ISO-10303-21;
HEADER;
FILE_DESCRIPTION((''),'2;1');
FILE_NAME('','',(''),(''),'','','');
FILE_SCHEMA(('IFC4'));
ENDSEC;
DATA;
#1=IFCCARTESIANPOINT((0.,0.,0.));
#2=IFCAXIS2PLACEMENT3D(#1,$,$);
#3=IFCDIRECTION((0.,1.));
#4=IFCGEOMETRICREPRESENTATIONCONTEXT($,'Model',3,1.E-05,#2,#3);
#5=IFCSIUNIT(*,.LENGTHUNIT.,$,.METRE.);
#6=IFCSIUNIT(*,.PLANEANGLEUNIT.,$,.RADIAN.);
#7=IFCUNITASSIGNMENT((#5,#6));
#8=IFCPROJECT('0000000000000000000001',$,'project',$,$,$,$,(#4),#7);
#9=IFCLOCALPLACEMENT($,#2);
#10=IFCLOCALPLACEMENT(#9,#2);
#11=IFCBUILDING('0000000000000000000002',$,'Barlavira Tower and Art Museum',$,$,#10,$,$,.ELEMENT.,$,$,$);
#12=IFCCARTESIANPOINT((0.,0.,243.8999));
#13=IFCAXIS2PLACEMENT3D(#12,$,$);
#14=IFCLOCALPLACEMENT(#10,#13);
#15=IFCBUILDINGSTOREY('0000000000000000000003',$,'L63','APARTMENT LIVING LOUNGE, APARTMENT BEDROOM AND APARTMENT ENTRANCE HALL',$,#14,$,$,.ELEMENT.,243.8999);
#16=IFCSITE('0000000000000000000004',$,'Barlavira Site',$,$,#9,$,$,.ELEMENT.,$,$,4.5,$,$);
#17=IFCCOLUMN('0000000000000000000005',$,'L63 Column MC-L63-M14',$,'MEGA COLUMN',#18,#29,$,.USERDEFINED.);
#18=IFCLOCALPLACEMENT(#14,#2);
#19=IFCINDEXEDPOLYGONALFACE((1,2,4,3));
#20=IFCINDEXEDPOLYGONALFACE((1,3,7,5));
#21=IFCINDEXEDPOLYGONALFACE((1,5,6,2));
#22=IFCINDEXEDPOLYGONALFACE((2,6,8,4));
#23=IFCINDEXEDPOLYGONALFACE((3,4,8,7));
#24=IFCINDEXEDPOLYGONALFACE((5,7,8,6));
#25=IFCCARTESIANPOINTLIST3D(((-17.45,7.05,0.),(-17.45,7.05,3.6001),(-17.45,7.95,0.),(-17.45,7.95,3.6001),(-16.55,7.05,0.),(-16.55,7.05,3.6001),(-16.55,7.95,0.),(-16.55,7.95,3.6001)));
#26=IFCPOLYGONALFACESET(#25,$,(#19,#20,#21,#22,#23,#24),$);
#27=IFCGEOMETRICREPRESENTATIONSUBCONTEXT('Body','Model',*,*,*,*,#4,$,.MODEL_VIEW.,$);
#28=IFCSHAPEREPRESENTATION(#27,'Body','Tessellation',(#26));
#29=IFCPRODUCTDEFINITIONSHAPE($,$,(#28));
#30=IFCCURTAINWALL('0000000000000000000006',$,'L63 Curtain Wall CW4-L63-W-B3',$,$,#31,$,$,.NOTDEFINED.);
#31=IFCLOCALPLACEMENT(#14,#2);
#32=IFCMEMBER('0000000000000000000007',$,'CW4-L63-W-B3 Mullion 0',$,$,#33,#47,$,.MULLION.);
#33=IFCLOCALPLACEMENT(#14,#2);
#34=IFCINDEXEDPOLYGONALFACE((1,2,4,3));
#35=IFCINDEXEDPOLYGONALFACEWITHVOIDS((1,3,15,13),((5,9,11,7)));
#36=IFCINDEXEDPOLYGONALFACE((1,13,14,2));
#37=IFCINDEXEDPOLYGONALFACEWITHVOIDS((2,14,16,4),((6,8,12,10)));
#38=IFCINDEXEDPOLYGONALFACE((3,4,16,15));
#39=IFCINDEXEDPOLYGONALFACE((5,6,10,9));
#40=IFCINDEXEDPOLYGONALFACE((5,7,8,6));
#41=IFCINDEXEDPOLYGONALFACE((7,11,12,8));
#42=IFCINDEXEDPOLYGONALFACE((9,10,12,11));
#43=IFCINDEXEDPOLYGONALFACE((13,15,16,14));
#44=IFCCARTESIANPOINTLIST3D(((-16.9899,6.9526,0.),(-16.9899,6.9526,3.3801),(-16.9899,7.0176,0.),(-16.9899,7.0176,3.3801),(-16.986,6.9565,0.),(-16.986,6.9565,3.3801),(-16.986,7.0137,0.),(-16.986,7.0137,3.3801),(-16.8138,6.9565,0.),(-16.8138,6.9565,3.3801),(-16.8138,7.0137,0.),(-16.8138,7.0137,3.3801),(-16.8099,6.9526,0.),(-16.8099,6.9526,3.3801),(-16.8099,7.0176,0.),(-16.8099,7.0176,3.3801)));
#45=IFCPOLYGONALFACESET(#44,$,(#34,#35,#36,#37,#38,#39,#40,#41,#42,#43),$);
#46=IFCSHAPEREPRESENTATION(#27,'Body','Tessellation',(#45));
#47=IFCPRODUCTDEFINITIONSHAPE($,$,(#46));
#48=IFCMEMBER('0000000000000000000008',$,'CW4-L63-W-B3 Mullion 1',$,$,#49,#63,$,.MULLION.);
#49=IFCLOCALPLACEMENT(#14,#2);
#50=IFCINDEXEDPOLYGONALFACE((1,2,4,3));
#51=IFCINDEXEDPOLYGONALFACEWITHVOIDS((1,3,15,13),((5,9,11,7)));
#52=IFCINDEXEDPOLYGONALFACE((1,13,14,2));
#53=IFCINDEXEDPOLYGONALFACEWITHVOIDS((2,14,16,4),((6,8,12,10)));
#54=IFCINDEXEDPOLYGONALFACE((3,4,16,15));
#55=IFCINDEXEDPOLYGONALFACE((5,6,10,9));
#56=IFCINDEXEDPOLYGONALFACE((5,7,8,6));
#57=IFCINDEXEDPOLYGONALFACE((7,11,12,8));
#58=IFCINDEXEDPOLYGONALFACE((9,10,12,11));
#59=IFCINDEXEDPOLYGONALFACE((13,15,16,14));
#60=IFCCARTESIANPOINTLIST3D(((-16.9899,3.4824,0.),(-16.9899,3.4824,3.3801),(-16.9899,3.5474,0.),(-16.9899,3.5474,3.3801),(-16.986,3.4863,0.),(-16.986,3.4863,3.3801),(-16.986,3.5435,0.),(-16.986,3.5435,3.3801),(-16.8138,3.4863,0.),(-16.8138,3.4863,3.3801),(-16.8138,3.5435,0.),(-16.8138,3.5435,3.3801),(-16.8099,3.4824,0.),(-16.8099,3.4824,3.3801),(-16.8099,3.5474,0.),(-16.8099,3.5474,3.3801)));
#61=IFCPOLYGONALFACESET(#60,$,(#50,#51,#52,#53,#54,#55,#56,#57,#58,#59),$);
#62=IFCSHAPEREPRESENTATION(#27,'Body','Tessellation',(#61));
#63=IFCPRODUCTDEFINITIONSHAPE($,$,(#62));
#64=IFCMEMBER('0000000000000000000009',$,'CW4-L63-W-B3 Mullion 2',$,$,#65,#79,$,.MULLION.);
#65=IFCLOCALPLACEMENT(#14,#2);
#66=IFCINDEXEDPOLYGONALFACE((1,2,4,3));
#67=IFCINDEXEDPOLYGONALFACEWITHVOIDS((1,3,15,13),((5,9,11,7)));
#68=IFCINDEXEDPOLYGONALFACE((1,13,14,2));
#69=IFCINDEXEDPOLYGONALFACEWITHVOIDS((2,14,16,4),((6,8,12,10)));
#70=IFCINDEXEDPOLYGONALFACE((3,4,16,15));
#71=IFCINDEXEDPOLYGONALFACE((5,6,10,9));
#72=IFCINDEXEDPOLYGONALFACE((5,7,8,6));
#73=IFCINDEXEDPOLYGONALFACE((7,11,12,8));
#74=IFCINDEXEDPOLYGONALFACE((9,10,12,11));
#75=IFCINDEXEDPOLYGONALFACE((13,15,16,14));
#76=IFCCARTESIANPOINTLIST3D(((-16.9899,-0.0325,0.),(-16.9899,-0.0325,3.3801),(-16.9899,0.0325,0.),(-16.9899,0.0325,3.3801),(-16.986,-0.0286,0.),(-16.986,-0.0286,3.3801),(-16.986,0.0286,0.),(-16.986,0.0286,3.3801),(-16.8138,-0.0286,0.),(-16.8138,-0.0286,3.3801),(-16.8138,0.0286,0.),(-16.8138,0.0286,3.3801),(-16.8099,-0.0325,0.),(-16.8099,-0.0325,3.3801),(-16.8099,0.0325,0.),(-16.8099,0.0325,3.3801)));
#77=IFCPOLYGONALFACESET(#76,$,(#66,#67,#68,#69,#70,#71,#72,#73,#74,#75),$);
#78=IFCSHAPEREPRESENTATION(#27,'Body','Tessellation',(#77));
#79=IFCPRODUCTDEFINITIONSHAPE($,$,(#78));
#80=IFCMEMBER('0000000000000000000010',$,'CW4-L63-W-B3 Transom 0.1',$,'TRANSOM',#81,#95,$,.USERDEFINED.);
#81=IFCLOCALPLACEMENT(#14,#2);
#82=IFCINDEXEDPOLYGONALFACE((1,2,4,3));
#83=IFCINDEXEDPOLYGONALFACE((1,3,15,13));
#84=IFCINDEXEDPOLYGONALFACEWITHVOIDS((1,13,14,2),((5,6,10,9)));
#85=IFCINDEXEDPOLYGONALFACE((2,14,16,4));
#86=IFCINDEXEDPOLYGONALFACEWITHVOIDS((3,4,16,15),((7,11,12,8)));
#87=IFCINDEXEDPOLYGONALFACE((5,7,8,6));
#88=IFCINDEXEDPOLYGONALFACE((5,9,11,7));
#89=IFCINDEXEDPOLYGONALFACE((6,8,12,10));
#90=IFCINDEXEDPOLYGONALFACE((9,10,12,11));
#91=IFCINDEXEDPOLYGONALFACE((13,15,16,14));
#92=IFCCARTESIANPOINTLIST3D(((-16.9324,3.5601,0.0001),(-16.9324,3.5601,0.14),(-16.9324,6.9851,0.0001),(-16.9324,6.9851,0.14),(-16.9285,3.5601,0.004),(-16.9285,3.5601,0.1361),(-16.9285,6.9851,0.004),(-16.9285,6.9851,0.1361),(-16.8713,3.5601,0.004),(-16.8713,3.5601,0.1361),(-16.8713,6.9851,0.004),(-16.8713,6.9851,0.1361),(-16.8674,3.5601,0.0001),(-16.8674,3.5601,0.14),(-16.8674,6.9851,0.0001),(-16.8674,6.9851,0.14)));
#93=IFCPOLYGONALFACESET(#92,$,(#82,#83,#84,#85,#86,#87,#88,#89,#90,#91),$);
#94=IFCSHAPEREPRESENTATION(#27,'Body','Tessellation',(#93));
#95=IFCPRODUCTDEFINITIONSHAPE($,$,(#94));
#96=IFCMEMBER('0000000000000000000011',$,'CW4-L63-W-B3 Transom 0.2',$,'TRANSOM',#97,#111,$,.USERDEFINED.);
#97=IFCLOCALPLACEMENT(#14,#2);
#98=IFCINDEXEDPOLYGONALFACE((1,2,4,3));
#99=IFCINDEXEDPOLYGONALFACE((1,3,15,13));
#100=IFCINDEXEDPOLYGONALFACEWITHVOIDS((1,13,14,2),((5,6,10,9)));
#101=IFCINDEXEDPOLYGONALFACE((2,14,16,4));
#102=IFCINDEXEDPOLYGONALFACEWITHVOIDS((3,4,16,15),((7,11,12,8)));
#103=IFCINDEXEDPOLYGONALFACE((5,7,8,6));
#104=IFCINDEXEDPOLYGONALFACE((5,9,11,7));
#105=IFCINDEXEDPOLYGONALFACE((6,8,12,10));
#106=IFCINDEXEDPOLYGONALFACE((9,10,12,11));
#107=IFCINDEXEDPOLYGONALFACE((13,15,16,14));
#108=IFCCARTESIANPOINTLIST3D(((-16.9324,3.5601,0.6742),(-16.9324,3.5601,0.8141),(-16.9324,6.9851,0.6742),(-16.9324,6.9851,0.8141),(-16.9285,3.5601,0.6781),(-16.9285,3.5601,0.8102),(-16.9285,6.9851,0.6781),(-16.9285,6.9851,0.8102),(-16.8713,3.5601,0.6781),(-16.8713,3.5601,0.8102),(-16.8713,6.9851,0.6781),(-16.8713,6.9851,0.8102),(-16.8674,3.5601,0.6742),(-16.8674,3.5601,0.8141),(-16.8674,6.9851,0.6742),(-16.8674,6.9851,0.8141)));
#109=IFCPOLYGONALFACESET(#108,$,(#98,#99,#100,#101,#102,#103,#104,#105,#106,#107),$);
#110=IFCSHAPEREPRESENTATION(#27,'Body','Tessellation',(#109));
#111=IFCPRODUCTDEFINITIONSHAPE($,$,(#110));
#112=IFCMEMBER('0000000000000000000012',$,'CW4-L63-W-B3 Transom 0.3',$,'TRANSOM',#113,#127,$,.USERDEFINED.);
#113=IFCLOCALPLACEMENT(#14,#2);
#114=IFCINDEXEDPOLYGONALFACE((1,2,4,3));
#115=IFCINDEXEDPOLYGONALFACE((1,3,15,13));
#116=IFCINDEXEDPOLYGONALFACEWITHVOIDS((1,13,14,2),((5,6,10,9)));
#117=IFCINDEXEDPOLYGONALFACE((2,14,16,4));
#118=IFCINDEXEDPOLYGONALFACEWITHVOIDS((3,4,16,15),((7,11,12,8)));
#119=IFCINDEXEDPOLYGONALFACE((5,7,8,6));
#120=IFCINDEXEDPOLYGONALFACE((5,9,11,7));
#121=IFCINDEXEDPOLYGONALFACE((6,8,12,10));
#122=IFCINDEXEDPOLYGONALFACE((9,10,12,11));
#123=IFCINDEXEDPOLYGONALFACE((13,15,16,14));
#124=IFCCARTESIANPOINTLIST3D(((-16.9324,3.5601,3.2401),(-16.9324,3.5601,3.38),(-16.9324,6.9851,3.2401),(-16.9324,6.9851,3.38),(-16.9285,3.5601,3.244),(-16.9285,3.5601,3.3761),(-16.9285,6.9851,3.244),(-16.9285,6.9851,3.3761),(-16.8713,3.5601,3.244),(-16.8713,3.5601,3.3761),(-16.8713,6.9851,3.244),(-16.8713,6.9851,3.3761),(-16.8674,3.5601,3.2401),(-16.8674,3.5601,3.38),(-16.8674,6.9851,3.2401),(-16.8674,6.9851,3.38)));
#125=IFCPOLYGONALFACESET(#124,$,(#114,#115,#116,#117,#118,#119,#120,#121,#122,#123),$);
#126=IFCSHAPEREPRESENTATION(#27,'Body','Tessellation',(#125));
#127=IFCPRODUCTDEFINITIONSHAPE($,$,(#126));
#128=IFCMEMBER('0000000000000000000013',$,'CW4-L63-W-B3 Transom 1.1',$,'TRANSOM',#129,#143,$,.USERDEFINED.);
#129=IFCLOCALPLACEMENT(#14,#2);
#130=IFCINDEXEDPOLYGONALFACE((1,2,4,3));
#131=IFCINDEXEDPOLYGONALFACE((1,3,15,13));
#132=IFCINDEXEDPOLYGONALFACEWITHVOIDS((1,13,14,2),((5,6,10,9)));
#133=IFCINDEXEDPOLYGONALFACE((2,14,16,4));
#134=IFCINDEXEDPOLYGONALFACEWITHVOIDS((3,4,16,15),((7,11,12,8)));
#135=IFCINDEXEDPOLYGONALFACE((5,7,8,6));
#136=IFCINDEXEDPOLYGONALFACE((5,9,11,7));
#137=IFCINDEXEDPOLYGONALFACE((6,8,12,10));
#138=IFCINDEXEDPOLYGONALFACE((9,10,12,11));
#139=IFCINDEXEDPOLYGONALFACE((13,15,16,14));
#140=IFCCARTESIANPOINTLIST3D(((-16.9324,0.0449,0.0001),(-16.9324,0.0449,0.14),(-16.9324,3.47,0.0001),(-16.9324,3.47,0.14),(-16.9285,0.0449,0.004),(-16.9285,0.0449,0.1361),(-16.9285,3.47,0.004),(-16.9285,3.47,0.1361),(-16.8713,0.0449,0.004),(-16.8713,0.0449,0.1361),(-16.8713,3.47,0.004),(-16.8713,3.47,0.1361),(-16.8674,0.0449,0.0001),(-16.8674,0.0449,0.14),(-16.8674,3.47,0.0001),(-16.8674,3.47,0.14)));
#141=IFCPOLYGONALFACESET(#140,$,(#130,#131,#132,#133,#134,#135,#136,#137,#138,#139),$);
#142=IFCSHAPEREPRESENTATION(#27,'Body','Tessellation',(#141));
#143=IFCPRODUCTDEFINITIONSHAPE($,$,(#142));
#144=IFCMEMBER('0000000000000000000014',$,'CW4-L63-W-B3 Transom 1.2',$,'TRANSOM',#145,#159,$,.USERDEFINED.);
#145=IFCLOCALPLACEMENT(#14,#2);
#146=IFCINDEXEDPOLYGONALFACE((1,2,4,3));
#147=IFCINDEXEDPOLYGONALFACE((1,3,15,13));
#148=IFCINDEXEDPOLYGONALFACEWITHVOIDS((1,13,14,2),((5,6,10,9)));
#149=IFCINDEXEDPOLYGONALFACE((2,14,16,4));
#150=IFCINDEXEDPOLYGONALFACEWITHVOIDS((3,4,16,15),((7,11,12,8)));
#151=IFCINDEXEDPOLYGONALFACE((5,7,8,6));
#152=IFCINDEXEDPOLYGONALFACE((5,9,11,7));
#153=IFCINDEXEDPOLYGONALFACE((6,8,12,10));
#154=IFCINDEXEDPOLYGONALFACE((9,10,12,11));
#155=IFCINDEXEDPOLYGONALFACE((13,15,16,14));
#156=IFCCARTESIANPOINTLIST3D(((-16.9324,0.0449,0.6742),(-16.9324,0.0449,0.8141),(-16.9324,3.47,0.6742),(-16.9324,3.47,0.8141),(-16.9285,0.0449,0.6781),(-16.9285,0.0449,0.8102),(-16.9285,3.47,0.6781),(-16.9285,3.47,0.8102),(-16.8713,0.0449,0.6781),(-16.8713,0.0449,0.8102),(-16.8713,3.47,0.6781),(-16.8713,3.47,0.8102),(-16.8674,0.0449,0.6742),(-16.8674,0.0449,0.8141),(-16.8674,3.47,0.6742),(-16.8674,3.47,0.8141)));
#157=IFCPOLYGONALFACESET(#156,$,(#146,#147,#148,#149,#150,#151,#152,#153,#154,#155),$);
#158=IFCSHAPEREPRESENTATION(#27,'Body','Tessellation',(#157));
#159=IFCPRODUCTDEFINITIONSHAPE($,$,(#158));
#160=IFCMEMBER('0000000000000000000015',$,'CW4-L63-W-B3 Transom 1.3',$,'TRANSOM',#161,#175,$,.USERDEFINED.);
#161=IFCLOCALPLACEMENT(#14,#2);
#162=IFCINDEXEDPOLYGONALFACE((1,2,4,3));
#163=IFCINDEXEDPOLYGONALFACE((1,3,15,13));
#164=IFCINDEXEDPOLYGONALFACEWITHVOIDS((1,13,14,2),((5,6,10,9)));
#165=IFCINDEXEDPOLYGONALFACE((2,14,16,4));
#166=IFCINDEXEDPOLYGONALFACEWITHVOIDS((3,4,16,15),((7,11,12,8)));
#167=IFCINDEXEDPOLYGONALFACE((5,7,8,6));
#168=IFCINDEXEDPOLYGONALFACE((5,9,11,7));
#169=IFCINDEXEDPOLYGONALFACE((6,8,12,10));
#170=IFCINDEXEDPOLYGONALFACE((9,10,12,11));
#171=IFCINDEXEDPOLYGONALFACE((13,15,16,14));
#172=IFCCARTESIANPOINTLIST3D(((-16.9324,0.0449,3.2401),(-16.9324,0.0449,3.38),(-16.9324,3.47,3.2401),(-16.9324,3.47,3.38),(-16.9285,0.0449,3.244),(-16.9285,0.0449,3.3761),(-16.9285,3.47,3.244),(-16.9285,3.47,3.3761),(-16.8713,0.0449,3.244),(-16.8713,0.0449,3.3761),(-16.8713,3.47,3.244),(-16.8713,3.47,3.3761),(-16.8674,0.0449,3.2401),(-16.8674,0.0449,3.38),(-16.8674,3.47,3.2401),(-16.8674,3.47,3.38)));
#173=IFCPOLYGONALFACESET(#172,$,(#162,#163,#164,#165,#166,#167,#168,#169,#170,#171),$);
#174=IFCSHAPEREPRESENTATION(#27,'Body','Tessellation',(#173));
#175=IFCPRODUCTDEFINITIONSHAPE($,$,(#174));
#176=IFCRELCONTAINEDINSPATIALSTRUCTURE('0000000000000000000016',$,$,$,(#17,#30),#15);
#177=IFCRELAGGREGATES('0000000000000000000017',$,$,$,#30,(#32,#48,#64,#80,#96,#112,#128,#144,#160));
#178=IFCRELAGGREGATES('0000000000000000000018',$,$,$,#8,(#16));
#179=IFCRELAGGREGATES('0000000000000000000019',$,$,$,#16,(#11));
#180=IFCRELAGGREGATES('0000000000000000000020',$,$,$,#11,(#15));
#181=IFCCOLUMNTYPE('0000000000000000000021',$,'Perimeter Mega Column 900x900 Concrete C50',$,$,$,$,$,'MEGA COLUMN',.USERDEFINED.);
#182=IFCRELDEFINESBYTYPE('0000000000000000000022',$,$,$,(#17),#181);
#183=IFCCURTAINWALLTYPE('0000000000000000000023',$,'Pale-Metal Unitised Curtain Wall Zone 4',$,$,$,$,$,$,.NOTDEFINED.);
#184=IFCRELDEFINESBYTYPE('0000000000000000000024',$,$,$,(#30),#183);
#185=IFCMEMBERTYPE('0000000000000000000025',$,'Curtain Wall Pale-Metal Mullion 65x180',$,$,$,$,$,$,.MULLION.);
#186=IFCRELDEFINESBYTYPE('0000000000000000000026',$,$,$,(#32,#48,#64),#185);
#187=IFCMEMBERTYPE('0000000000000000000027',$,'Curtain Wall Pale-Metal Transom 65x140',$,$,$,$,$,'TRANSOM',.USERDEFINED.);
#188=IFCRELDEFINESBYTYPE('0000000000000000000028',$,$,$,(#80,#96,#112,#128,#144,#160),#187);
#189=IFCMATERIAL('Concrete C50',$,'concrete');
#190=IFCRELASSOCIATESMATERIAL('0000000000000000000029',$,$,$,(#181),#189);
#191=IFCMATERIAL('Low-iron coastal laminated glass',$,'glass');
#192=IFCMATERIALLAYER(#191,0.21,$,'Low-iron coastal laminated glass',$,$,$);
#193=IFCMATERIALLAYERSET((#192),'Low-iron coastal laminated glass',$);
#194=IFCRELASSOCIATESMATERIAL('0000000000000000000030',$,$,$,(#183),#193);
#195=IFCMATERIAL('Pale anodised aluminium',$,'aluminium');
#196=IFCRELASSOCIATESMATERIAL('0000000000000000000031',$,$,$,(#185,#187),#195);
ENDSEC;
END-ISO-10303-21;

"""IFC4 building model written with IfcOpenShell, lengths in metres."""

from ifc_helpers import new_model, si_unit, direction, frame, origin, origin_2d, place, context, subcontext, project, spatial, rectangle, hollow_rectangle, extrude, material, layer, layer_set, material_profile, profile_set, type_object, element, aggregate, save


model = new_model("IFC4")

# Units and contexts
model_context = context("Model", 3, precision=1e-05, world=origin(), true_north=direction((0.0, 1.0)))
body_context = subcontext(model_context, "Body", "Model", "MODEL_VIEW")
ifc_project = project(units=[si_unit("LENGTHUNIT", "METRE"), si_unit("PLANEANGLEUNIT", "RADIAN")], contexts=[model_context])

# Site, building, storey
site_placement = place(None, origin())
site = spatial("IfcSite", under=ifc_project, at=site_placement, Name="Barlavira Site", CompositionType="ELEMENT", RefElevation=4.5)
building_placement = place(site_placement, origin())
building = spatial("IfcBuilding", under=site, at=building_placement, Name="Barlavira Tower and Art Museum", CompositionType="ELEMENT")
storey_placement = place(building_placement, frame((0.0, 0.0, 243.8999)))
storey = spatial("IfcBuildingStorey", under=building, at=storey_placement, Name="L63", Description="APARTMENT LIVING LOUNGE, APARTMENT BEDROOM AND APARTMENT ENTRANCE HALL", CompositionType="ELEMENT", Elevation=243.8999)

# Column
ifc_material_1 = material(Name="Concrete C50", Category="concrete")
ifc_material_profile_1 = material_profile(ifc_material_1, rectangle(XDim=0.8999, YDim=0.8999, at=origin_2d()), Name="RC-COL 900x900")
ifc_profile_set_1 = profile_set([ifc_material_profile_1], Name="Concrete C50")
column_type = type_object("IfcColumnType", Name="Perimeter Mega Column 900x900 Concrete C50", ElementType="MEGA COLUMN", PredefinedType="USERDEFINED", material=ifc_profile_set_1)
column_placement = place(storey_placement, frame((-17.0, 7.5, 0.0), z_axis=(0.0, 0.0, 1.0), x_axis=(1.0, 0.0, 0.0)))
element("IfcColumn", 1, at=column_placement, inside=storey, type_object=column_type, Name="L63 Column MC-L63-M14", ObjectType="MEGA COLUMN", PredefinedType="USERDEFINED", context=body_context, shape_type="SweptSolid", body=[
    extrude(rectangle(XDim=0.8999, YDim=0.8999, at=origin_2d()), origin(), (0.0, 0.0, 1.0), 3.6001),
])

# Curtain wall, members
ifc_material_2 = material(Name="Low-iron coastal laminated glass", Category="glass")
ifc_layer_1 = layer(ifc_material_2, 0.21, Name="Low-iron coastal laminated glass")
ifc_layer_set_1 = layer_set([ifc_layer_1], Name="Low-iron coastal laminated glass")
curtain_wall_type = type_object("IfcCurtainWallType", Name="Pale-Metal Unitised Curtain Wall Zone 4", PredefinedType="NOTDEFINED", material=ifc_layer_set_1)
curtain_wall_placement = place(storey_placement, origin())
curtain_wall = element("IfcCurtainWall", 2, at=curtain_wall_placement, inside=storey, type_object=curtain_wall_type, Name="L63 Curtain Wall CW4-L63-W-B3", PredefinedType="NOTDEFINED")
ifc_material_3 = material(Name="Pale anodised aluminium", Category="aluminium")
ifc_material_profile_2 = material_profile(ifc_material_3, hollow_rectangle(XDim=0.0649, YDim=0.1799, WallThickness=0.0039, at=origin_2d()), Name="ALU-MULL 65x180x4")
ifc_profile_set_2 = profile_set([ifc_material_profile_2], Name="Pale anodised aluminium")
member_type_1 = type_object("IfcMemberType", Name="Curtain Wall Pale-Metal Mullion 65x180", PredefinedType="MULLION", material=ifc_profile_set_2)
member_1_placement = place(storey_placement, frame((-16.8999, 6.9851, 0.0), z_axis=(0.0, 0.0, 1.0), x_axis=(0.0, -1.0, 0.0)))
member_1 = element("IfcMember", 3, at=member_1_placement, type_object=member_type_1, Name="CW4-L63-W-B3 Mullion 0", PredefinedType="MULLION", context=body_context, shape_type="SweptSolid", body=[
    extrude(hollow_rectangle(XDim=0.0649, YDim=0.1799, WallThickness=0.0039, at=origin_2d()), origin(), (0.0, 0.0, 1.0), 3.3801),
])
member_2_placement = place(storey_placement, frame((-16.8999, 3.5149, 0.0), z_axis=(0.0, 0.0, 1.0), x_axis=(0.0, -1.0, 0.0)))
member_2 = element("IfcMember", 4, at=member_2_placement, type_object=member_type_1, Name="CW4-L63-W-B3 Mullion 1", PredefinedType="MULLION", context=body_context, shape_type="SweptSolid", body=[
    extrude(hollow_rectangle(XDim=0.0649, YDim=0.1799, WallThickness=0.0039, at=origin_2d()), origin(), (0.0, 0.0, 1.0), 3.3801),
])
member_3_placement = place(storey_placement, frame((-16.8999, 0.0, 0.0), z_axis=(0.0, 0.0, 1.0), x_axis=(0.0, -1.0, 0.0)))
member_3 = element("IfcMember", 5, at=member_3_placement, type_object=member_type_1, Name="CW4-L63-W-B3 Mullion 2", PredefinedType="MULLION", context=body_context, shape_type="SweptSolid", body=[
    extrude(hollow_rectangle(XDim=0.0649, YDim=0.1799, WallThickness=0.0039, at=origin_2d()), origin(), (0.0, 0.0, 1.0), 3.3801),
])
ifc_material_profile_3 = material_profile(ifc_material_3, hollow_rectangle(XDim=0.0649, YDim=0.1399, WallThickness=0.0039, at=origin_2d()), Name="ALU-TRAN 65x140x4")
ifc_profile_set_3 = profile_set([ifc_material_profile_3], Name="Pale anodised aluminium")
member_type_2 = type_object("IfcMemberType", Name="Curtain Wall Pale-Metal Transom 65x140", ElementType="TRANSOM", PredefinedType="USERDEFINED", material=ifc_profile_set_3)
member_4_placement = place(storey_placement, frame((-16.8999, 6.9851, 0.0701), z_axis=(0.0, -1.0, 0.0), x_axis=(1.0, 0.0, 0.0)))
member_4 = element("IfcMember", 6, at=member_4_placement, type_object=member_type_2, Name="CW4-L63-W-B3 Transom 0.1", ObjectType="TRANSOM", PredefinedType="USERDEFINED", context=body_context, shape_type="SweptSolid", body=[
    extrude(hollow_rectangle(XDim=0.0649, YDim=0.1399, WallThickness=0.0039, at=origin_2d()), origin(), (0.0, 0.0, 1.0), 3.425),
])
member_5_placement = place(storey_placement, frame((-16.8999, 6.9851, 0.7441), z_axis=(0.0, -1.0, 0.0), x_axis=(1.0, 0.0, 0.0)))
member_5 = element("IfcMember", 7, at=member_5_placement, type_object=member_type_2, Name="CW4-L63-W-B3 Transom 0.2", ObjectType="TRANSOM", PredefinedType="USERDEFINED", context=body_context, shape_type="SweptSolid", body=[
    extrude(hollow_rectangle(XDim=0.0649, YDim=0.1399, WallThickness=0.0039, at=origin_2d()), origin(), (0.0, 0.0, 1.0), 3.425),
])
member_6_placement = place(storey_placement, frame((-16.8999, 6.9851, 3.3101), z_axis=(0.0, -1.0, 0.0), x_axis=(1.0, 0.0, 0.0)))
member_6 = element("IfcMember", 8, at=member_6_placement, type_object=member_type_2, Name="CW4-L63-W-B3 Transom 0.3", ObjectType="TRANSOM", PredefinedType="USERDEFINED", context=body_context, shape_type="SweptSolid", body=[
    extrude(hollow_rectangle(XDim=0.0649, YDim=0.1399, WallThickness=0.0039, at=origin_2d()), origin(), (0.0, 0.0, 1.0), 3.425),
])
member_7_placement = place(storey_placement, frame((-16.8999, 3.47, 0.0701), z_axis=(0.0, -1.0, 0.0), x_axis=(1.0, 0.0, 0.0)))
member_7 = element("IfcMember", 9, at=member_7_placement, type_object=member_type_2, Name="CW4-L63-W-B3 Transom 1.1", ObjectType="TRANSOM", PredefinedType="USERDEFINED", context=body_context, shape_type="SweptSolid", body=[
    extrude(hollow_rectangle(XDim=0.0649, YDim=0.1399, WallThickness=0.0039, at=origin_2d()), origin(), (0.0, 0.0, 1.0), 3.425),
])
member_8_placement = place(storey_placement, frame((-16.8999, 3.47, 0.7441), z_axis=(0.0, -1.0, 0.0), x_axis=(1.0, 0.0, 0.0)))
member_8 = element("IfcMember", 10, at=member_8_placement, type_object=member_type_2, Name="CW4-L63-W-B3 Transom 1.2", ObjectType="TRANSOM", PredefinedType="USERDEFINED", context=body_context, shape_type="SweptSolid", body=[
    extrude(hollow_rectangle(XDim=0.0649, YDim=0.1399, WallThickness=0.0039, at=origin_2d()), origin(), (0.0, 0.0, 1.0), 3.425),
])
member_9_placement = place(storey_placement, frame((-16.8999, 3.47, 3.3101), z_axis=(0.0, -1.0, 0.0), x_axis=(1.0, 0.0, 0.0)))
member_9 = element("IfcMember", 11, at=member_9_placement, type_object=member_type_2, Name="CW4-L63-W-B3 Transom 1.3", ObjectType="TRANSOM", PredefinedType="USERDEFINED", context=body_context, shape_type="SweptSolid", body=[
    extrude(hollow_rectangle(XDim=0.0649, YDim=0.1399, WallThickness=0.0039, at=origin_2d()), origin(), (0.0, 0.0, 1.0), 3.425),
])

aggregate(curtain_wall, [member_1, member_2, member_3, member_4, member_5, member_6, member_7, member_8, member_9])

save(model, "model.ifc")
